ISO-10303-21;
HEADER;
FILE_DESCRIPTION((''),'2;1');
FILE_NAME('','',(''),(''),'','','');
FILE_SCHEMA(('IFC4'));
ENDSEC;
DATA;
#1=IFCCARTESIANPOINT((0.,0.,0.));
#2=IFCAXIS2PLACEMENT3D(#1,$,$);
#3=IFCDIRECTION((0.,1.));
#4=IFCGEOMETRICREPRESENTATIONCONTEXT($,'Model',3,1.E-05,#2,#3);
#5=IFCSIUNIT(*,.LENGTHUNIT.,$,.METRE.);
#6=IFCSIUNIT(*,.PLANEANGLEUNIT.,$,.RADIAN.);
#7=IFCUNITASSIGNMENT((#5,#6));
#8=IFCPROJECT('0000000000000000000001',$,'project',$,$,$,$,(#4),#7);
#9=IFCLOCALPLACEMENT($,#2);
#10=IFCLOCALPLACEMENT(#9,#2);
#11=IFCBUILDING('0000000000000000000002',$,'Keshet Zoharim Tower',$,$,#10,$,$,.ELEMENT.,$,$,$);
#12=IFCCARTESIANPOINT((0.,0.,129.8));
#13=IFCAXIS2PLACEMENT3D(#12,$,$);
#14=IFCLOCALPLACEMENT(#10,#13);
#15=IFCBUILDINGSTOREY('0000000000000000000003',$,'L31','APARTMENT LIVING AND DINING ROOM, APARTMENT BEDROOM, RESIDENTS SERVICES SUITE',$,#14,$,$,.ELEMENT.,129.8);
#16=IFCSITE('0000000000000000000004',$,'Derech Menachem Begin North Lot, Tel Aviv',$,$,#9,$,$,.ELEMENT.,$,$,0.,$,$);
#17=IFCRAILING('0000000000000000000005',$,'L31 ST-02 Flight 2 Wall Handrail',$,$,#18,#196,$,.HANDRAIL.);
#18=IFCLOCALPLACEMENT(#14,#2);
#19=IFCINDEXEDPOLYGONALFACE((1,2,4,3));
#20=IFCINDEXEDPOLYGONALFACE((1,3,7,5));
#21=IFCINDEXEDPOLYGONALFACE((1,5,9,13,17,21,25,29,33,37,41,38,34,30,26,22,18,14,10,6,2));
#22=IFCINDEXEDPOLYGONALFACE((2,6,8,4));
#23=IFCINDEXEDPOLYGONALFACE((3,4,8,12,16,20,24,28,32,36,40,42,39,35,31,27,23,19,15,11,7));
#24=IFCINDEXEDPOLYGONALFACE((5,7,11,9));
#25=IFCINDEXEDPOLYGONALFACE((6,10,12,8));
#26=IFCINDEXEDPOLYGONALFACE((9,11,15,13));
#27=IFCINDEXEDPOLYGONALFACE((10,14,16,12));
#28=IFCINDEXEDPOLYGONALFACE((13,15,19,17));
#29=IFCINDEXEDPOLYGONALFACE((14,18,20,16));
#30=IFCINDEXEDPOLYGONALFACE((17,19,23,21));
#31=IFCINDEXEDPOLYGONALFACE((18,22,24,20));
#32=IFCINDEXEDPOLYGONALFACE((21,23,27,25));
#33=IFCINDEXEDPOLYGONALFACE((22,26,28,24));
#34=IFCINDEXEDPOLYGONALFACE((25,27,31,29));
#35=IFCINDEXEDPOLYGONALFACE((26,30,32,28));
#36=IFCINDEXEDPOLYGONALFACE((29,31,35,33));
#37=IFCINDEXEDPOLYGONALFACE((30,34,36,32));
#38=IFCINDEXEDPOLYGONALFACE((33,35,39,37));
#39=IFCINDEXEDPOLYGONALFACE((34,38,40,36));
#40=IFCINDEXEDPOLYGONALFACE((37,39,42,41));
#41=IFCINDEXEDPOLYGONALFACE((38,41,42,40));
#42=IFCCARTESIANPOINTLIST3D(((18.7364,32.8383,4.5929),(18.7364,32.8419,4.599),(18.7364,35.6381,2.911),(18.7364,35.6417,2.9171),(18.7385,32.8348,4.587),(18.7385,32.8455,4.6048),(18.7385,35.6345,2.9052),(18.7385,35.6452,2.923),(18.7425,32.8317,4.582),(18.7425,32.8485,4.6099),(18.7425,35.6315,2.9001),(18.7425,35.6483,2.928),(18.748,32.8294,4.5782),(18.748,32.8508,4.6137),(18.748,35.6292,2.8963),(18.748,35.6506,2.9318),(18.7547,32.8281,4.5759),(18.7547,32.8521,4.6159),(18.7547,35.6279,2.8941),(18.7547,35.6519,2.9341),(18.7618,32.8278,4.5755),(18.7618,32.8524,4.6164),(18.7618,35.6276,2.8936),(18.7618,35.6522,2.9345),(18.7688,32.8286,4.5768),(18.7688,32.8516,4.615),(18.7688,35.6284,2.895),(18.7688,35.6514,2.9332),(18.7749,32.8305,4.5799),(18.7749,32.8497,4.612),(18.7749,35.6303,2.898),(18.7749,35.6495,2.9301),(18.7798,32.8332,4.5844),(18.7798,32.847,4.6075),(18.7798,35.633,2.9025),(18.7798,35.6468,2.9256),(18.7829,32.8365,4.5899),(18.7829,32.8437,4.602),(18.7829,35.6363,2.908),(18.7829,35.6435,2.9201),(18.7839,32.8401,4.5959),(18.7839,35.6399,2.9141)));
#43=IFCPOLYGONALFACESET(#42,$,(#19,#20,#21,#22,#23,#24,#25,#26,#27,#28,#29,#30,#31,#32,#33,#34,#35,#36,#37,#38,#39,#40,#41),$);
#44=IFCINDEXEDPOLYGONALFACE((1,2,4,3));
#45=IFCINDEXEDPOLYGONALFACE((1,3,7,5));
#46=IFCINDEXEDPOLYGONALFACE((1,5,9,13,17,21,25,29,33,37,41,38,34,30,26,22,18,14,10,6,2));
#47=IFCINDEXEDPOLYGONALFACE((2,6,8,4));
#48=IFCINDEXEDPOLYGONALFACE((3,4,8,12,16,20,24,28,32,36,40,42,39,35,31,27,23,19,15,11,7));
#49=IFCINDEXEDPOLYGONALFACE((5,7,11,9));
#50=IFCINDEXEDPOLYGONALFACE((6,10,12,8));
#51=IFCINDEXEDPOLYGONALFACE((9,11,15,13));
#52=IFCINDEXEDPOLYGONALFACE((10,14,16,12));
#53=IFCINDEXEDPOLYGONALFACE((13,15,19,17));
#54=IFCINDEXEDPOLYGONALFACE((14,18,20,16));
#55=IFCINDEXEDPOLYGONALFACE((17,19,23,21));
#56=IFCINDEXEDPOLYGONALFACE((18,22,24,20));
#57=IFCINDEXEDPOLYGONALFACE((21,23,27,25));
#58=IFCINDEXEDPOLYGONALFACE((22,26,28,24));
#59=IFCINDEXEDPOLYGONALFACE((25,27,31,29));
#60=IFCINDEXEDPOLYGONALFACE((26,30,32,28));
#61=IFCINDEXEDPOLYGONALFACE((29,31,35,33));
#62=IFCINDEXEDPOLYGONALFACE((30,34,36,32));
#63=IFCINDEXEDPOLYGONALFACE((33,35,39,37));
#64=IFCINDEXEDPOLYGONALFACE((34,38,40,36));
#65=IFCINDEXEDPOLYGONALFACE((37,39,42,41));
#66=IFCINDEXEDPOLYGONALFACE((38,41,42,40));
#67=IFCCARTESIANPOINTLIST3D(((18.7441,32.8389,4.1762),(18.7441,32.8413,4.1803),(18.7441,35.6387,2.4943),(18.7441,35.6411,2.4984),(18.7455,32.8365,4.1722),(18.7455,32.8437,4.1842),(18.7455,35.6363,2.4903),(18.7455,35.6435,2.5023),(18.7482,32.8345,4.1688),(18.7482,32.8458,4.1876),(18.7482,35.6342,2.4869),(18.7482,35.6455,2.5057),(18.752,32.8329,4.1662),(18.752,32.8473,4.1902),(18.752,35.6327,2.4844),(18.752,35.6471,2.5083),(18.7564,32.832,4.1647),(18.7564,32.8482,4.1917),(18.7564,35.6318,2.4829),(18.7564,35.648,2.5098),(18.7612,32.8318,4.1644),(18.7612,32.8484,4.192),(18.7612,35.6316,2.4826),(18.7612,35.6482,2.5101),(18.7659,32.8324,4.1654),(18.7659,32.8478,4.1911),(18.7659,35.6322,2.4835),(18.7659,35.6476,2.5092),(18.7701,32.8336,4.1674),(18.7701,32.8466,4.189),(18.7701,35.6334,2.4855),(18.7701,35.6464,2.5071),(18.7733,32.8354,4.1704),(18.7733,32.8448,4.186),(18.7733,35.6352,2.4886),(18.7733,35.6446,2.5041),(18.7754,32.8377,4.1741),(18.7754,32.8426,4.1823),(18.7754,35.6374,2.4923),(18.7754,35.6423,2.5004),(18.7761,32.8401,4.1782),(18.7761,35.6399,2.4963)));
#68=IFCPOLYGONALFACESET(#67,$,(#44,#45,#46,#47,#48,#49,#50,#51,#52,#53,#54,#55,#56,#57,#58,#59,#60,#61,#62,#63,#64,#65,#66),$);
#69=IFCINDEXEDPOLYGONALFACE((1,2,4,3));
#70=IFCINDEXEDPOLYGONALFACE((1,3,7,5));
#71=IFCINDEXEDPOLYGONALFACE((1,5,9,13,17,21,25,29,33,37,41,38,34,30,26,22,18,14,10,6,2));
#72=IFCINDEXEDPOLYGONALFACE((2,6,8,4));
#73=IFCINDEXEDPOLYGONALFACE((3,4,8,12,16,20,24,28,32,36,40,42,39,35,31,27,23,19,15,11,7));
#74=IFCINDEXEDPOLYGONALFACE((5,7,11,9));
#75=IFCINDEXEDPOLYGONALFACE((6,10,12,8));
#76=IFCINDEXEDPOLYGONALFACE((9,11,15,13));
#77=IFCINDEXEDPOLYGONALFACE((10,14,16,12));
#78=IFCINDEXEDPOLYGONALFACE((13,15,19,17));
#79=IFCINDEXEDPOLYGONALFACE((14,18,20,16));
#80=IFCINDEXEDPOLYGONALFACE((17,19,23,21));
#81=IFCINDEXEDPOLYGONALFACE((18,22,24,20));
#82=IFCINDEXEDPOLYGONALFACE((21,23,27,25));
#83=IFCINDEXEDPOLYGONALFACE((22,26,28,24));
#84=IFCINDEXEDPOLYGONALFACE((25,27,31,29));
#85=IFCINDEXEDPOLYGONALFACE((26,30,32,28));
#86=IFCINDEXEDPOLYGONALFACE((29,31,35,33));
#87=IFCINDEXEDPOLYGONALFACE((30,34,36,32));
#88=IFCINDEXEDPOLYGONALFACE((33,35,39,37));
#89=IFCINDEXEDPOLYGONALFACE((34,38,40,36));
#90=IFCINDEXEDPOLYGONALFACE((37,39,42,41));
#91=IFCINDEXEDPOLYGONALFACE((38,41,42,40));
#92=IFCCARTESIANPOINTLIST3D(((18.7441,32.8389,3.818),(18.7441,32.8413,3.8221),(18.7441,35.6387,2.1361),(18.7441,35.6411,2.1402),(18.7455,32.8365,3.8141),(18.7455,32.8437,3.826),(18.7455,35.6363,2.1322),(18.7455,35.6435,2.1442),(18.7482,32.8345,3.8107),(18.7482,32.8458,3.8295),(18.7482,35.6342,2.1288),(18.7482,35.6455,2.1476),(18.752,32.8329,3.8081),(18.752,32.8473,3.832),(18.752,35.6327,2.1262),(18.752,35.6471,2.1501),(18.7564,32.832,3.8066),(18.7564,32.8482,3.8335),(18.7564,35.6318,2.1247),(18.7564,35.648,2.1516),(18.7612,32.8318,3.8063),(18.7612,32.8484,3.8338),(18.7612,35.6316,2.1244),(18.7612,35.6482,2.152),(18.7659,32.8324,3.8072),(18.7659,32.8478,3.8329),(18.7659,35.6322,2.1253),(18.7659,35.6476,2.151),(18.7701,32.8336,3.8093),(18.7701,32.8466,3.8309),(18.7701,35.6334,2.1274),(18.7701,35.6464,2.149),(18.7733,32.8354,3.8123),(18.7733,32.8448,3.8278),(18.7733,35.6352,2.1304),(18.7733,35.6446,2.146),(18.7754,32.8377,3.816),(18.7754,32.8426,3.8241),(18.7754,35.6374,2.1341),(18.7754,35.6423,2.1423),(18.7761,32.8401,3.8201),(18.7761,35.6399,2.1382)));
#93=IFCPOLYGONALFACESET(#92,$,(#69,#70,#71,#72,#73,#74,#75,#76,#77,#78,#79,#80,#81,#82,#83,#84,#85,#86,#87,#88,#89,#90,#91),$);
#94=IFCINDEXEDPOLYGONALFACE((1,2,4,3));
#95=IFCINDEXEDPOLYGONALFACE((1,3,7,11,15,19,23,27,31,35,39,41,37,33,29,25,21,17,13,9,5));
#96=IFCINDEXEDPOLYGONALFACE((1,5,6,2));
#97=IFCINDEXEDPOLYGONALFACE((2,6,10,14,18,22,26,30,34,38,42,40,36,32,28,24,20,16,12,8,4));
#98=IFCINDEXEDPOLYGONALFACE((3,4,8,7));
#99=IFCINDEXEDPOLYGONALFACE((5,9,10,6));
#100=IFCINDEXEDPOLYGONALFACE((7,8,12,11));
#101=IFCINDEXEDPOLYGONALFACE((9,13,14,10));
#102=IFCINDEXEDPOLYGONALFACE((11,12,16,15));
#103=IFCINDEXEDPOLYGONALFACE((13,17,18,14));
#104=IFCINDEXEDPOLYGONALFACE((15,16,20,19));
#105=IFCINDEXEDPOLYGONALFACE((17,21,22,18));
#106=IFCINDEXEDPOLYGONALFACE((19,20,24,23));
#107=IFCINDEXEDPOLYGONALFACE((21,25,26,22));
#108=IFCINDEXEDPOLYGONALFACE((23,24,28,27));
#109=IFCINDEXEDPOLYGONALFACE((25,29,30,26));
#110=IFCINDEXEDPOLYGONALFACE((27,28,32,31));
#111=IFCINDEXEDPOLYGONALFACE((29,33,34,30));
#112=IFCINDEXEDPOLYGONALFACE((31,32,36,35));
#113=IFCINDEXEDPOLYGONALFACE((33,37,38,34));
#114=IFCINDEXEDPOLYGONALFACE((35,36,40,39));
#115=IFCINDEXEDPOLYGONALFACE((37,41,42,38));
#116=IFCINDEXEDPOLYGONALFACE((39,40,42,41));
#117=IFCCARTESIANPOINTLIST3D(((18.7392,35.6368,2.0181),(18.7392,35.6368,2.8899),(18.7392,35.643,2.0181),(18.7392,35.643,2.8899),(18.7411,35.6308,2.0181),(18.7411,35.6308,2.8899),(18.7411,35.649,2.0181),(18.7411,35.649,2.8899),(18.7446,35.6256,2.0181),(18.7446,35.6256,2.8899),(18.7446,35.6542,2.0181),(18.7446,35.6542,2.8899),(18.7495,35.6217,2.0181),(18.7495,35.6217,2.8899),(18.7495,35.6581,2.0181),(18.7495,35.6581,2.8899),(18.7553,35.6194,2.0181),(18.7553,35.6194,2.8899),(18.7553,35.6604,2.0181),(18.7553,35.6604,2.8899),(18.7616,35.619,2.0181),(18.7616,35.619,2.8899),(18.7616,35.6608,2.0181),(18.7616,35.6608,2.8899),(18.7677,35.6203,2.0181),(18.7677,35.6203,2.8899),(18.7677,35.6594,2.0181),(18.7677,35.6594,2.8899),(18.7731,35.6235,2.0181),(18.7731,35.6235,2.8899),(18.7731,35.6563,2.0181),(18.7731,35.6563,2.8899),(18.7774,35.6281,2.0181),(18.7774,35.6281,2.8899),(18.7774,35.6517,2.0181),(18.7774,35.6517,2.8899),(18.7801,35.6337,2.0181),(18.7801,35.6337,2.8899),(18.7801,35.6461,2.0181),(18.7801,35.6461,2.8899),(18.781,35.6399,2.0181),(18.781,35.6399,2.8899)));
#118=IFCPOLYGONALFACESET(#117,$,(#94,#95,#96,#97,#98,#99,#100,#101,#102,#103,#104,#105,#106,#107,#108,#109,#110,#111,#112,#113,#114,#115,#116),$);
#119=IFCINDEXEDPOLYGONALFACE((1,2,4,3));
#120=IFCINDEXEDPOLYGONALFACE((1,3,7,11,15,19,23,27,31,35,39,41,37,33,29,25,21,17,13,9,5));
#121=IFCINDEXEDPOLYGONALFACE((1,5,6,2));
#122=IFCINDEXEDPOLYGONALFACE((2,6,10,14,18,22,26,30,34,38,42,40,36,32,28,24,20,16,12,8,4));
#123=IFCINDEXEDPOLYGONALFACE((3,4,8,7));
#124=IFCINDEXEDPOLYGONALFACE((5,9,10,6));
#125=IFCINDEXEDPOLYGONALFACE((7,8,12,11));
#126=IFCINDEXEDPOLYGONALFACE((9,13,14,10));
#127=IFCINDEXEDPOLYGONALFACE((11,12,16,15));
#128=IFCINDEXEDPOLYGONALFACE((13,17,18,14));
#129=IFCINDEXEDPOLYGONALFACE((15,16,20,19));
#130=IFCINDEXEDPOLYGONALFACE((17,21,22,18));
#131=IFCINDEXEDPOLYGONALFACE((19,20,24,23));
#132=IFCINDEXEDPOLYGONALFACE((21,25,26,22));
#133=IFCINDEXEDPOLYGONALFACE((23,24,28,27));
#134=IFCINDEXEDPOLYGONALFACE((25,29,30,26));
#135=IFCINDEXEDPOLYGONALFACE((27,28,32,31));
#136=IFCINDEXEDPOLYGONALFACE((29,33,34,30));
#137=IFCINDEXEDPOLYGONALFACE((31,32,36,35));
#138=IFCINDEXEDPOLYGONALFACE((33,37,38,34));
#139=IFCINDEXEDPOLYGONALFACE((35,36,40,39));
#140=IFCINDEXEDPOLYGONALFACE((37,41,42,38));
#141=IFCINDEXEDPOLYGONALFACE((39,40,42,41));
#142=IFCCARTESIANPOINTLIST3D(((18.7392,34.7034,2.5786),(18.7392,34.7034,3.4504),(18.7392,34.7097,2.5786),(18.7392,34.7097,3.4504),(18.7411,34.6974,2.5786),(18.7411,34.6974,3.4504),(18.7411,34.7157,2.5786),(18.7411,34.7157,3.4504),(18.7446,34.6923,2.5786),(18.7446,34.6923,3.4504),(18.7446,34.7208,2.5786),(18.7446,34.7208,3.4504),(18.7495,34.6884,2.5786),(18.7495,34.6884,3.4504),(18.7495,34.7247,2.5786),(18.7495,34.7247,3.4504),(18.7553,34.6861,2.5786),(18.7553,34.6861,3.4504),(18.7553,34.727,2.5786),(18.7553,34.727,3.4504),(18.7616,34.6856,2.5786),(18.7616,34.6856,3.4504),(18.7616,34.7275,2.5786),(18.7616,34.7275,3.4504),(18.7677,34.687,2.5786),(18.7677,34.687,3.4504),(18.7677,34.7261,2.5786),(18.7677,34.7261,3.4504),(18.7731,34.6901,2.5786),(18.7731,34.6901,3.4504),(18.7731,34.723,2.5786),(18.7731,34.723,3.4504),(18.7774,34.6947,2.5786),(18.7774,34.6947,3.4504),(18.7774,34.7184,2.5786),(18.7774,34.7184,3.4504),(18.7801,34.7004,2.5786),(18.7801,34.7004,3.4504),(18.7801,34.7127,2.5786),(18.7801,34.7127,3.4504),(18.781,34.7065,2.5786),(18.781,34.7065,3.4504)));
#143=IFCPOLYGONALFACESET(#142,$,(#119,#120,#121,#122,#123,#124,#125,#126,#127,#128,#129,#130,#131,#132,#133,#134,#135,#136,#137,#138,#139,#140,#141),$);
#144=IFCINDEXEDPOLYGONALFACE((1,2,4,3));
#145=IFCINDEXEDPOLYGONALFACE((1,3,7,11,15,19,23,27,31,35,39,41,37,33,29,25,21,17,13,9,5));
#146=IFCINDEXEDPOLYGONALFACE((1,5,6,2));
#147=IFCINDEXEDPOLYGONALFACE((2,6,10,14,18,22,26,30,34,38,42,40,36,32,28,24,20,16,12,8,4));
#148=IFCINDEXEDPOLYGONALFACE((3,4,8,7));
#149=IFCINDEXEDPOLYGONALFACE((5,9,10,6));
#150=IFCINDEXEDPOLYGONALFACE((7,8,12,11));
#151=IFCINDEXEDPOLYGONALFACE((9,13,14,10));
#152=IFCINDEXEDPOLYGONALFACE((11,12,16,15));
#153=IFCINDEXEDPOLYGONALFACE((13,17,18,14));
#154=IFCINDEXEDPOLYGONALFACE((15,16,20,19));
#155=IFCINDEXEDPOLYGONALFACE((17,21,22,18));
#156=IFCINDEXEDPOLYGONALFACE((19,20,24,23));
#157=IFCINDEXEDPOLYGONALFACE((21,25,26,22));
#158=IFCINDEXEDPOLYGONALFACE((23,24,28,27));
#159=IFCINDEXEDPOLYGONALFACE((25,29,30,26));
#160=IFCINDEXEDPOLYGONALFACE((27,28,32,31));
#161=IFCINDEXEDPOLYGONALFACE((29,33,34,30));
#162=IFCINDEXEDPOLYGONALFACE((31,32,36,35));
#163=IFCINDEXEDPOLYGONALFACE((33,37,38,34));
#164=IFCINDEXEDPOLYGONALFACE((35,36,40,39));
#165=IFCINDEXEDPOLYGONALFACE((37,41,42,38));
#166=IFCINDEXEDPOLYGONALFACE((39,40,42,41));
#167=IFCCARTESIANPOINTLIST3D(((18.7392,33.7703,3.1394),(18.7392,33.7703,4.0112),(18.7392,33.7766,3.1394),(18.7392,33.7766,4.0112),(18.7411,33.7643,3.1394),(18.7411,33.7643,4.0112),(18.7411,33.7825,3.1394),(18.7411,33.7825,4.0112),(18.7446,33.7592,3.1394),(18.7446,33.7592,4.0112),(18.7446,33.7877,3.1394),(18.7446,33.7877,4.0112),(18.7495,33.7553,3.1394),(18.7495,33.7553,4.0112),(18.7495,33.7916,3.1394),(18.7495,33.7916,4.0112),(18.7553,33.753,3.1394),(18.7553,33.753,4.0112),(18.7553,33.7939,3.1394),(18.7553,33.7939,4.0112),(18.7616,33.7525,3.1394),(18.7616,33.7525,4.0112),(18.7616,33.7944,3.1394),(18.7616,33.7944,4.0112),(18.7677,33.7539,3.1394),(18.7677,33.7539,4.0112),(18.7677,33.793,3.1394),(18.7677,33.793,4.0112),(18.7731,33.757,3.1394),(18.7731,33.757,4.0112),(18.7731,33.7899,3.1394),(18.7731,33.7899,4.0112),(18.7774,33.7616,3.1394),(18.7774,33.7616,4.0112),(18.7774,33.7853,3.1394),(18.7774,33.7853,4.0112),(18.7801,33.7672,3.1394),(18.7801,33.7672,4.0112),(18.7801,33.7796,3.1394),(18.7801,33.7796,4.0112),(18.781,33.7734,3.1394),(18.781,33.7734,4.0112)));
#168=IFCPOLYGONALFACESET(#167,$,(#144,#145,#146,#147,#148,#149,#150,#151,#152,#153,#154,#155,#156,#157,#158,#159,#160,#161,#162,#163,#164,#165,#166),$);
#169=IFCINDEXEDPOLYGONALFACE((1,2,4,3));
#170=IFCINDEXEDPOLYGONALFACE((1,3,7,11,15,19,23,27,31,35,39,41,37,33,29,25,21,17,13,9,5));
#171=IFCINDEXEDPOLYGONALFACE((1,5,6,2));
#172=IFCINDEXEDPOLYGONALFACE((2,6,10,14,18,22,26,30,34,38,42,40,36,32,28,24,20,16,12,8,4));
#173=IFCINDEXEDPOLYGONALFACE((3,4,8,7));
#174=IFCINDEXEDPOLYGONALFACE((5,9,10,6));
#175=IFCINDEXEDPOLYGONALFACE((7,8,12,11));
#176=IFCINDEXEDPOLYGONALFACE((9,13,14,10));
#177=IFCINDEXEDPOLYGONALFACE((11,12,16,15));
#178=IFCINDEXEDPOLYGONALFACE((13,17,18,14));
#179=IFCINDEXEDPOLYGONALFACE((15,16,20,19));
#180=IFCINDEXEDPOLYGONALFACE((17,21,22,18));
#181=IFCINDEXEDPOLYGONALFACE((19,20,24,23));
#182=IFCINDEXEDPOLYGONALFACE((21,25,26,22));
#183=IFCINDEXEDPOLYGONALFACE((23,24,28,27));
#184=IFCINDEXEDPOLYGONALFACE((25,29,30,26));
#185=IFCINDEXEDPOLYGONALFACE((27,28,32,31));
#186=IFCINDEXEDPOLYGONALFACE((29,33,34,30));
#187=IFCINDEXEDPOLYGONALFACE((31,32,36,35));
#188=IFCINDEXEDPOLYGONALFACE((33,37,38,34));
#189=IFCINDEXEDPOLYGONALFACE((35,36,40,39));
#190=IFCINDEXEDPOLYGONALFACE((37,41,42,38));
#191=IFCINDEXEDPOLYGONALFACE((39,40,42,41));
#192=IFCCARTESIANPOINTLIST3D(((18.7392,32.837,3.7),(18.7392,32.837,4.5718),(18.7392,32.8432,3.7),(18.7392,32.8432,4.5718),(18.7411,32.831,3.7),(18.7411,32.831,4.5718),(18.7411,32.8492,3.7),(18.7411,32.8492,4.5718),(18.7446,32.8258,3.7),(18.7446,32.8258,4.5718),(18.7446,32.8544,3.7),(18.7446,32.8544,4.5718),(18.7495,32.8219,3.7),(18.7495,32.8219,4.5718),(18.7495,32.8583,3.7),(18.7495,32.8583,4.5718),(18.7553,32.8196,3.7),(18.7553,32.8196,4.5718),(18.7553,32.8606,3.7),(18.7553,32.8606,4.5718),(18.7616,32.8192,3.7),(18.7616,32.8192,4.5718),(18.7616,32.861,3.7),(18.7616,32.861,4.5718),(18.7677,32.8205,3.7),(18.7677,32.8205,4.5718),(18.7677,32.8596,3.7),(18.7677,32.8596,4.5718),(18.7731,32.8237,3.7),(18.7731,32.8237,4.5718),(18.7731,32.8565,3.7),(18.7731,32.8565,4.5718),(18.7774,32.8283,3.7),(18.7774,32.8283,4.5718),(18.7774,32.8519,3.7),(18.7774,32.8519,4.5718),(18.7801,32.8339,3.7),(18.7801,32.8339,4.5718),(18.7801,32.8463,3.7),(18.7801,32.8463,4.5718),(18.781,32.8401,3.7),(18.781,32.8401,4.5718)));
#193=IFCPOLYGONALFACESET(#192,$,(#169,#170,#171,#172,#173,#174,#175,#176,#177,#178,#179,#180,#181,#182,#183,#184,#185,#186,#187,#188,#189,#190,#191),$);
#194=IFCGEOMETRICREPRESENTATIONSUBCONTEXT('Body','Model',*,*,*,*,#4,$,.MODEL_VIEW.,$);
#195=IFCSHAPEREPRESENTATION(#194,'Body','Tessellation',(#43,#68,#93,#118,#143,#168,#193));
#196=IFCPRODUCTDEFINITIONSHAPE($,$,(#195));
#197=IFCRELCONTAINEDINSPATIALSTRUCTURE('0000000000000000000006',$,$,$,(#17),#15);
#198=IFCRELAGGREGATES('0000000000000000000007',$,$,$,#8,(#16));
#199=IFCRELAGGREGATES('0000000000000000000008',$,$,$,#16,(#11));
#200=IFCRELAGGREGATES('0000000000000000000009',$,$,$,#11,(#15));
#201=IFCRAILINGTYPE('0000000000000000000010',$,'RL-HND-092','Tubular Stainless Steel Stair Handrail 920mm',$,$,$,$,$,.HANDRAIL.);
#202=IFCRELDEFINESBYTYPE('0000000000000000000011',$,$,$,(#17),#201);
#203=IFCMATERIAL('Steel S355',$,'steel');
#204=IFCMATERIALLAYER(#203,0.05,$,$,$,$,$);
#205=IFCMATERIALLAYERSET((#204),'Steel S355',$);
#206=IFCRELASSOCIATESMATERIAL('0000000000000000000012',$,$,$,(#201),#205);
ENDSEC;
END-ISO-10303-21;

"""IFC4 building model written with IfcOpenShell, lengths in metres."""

from ifc_helpers import new_model, si_unit, direction, frame, origin, origin_2d, place, context, subcontext, project, spatial, circle, extrude, material, layer, layer_set, type_object, element, save


model = new_model("IFC4")

# Units and contexts
model_context = context("Model", 3, precision=1e-05, world=origin(), true_north=direction((0.0, 1.0)))
body_context = subcontext(model_context, "Body", "Model", "MODEL_VIEW")
ifc_project = project(units=[si_unit("LENGTHUNIT", "METRE"), si_unit("PLANEANGLEUNIT", "RADIAN")], contexts=[model_context])

# Site, building, storey
site_placement = place(None, origin())
site = spatial("IfcSite", under=ifc_project, at=site_placement, Name="Derech Menachem Begin North Lot, Tel Aviv", CompositionType="ELEMENT", RefElevation=0.0)
building_placement = place(site_placement, origin())
building = spatial("IfcBuilding", under=site, at=building_placement, Name="Keshet Zoharim Tower", CompositionType="ELEMENT")
storey_placement = place(building_placement, frame((0.0, 0.0, 129.8)))
storey = spatial("IfcBuildingStorey", under=building, at=storey_placement, Name="L31", Description="APARTMENT LIVING AND DINING ROOM, APARTMENT BEDROOM, RESIDENTS SERVICES SUITE", CompositionType="ELEMENT", Elevation=129.8)

# Shared definitions
ifc_material_1 = material(Name="Steel S355", Category="steel")

# Railing
ifc_layer_1 = layer(ifc_material_1, 0.05)
ifc_layer_set_1 = layer_set([ifc_layer_1], Name="Steel S355")
railing_type_1 = type_object("IfcRailingType", Name="RL-HND-092", Description="Tubular Stainless Steel Stair Handrail 920mm", PredefinedType="HANDRAIL", material=ifc_layer_set_1)
railing_1_placement = place(storey_placement, frame((18.76, 35.6399, 2.0181)))
element("IfcRailing", 1, at=railing_1_placement, inside=storey, type_object=railing_type_1, Name="L31 ST-02 Flight 2 Wall Handrail", PredefinedType="HANDRAIL", context=body_context, shape_type="SweptSolid", body=[
    extrude(circle(Radius=0.0239, at=origin_2d()), frame((0.0, 0.0, 0.896), z_axis=(0.0, -0.857222, 0.514946), x_axis=(1.0, 0.0, 0.0)), (0.0, 0.0, 1.0), 3.2661),
    extrude(circle(Radius=0.0161, at=origin_2d()), frame((0.0, 0.0, 0.4783), z_axis=(0.0, -0.857222, 0.514946), x_axis=(1.0, 0.0, 0.0)), (0.0, 0.0, 1.0), 3.2661),
    extrude(circle(Radius=0.0161, at=origin_2d()), frame((0.0, 0.0, 0.1201), z_axis=(0.0, -0.857222, 0.514946), x_axis=(1.0, 0.0, 0.0)), (0.0, 0.0, 1.0), 3.2661),
    extrude(circle(Radius=0.021, at=origin_2d()), origin(), (0.0, 0.0, 1.0), 0.8718),
    extrude(circle(Radius=0.021, at=origin_2d()), frame((0.0, -0.9333, 0.5605)), (0.0, 0.0, 1.0), 0.8718),
    extrude(circle(Radius=0.021, at=origin_2d()), frame((0.0, -1.8665, 1.1213)), (0.0, 0.0, 1.0), 0.8718),
    extrude(circle(Radius=0.021, at=origin_2d()), frame((0.0, -2.7998, 1.6819)), (0.0, 0.0, 1.0), 0.8718),
])

save(model, "model.ifc")
